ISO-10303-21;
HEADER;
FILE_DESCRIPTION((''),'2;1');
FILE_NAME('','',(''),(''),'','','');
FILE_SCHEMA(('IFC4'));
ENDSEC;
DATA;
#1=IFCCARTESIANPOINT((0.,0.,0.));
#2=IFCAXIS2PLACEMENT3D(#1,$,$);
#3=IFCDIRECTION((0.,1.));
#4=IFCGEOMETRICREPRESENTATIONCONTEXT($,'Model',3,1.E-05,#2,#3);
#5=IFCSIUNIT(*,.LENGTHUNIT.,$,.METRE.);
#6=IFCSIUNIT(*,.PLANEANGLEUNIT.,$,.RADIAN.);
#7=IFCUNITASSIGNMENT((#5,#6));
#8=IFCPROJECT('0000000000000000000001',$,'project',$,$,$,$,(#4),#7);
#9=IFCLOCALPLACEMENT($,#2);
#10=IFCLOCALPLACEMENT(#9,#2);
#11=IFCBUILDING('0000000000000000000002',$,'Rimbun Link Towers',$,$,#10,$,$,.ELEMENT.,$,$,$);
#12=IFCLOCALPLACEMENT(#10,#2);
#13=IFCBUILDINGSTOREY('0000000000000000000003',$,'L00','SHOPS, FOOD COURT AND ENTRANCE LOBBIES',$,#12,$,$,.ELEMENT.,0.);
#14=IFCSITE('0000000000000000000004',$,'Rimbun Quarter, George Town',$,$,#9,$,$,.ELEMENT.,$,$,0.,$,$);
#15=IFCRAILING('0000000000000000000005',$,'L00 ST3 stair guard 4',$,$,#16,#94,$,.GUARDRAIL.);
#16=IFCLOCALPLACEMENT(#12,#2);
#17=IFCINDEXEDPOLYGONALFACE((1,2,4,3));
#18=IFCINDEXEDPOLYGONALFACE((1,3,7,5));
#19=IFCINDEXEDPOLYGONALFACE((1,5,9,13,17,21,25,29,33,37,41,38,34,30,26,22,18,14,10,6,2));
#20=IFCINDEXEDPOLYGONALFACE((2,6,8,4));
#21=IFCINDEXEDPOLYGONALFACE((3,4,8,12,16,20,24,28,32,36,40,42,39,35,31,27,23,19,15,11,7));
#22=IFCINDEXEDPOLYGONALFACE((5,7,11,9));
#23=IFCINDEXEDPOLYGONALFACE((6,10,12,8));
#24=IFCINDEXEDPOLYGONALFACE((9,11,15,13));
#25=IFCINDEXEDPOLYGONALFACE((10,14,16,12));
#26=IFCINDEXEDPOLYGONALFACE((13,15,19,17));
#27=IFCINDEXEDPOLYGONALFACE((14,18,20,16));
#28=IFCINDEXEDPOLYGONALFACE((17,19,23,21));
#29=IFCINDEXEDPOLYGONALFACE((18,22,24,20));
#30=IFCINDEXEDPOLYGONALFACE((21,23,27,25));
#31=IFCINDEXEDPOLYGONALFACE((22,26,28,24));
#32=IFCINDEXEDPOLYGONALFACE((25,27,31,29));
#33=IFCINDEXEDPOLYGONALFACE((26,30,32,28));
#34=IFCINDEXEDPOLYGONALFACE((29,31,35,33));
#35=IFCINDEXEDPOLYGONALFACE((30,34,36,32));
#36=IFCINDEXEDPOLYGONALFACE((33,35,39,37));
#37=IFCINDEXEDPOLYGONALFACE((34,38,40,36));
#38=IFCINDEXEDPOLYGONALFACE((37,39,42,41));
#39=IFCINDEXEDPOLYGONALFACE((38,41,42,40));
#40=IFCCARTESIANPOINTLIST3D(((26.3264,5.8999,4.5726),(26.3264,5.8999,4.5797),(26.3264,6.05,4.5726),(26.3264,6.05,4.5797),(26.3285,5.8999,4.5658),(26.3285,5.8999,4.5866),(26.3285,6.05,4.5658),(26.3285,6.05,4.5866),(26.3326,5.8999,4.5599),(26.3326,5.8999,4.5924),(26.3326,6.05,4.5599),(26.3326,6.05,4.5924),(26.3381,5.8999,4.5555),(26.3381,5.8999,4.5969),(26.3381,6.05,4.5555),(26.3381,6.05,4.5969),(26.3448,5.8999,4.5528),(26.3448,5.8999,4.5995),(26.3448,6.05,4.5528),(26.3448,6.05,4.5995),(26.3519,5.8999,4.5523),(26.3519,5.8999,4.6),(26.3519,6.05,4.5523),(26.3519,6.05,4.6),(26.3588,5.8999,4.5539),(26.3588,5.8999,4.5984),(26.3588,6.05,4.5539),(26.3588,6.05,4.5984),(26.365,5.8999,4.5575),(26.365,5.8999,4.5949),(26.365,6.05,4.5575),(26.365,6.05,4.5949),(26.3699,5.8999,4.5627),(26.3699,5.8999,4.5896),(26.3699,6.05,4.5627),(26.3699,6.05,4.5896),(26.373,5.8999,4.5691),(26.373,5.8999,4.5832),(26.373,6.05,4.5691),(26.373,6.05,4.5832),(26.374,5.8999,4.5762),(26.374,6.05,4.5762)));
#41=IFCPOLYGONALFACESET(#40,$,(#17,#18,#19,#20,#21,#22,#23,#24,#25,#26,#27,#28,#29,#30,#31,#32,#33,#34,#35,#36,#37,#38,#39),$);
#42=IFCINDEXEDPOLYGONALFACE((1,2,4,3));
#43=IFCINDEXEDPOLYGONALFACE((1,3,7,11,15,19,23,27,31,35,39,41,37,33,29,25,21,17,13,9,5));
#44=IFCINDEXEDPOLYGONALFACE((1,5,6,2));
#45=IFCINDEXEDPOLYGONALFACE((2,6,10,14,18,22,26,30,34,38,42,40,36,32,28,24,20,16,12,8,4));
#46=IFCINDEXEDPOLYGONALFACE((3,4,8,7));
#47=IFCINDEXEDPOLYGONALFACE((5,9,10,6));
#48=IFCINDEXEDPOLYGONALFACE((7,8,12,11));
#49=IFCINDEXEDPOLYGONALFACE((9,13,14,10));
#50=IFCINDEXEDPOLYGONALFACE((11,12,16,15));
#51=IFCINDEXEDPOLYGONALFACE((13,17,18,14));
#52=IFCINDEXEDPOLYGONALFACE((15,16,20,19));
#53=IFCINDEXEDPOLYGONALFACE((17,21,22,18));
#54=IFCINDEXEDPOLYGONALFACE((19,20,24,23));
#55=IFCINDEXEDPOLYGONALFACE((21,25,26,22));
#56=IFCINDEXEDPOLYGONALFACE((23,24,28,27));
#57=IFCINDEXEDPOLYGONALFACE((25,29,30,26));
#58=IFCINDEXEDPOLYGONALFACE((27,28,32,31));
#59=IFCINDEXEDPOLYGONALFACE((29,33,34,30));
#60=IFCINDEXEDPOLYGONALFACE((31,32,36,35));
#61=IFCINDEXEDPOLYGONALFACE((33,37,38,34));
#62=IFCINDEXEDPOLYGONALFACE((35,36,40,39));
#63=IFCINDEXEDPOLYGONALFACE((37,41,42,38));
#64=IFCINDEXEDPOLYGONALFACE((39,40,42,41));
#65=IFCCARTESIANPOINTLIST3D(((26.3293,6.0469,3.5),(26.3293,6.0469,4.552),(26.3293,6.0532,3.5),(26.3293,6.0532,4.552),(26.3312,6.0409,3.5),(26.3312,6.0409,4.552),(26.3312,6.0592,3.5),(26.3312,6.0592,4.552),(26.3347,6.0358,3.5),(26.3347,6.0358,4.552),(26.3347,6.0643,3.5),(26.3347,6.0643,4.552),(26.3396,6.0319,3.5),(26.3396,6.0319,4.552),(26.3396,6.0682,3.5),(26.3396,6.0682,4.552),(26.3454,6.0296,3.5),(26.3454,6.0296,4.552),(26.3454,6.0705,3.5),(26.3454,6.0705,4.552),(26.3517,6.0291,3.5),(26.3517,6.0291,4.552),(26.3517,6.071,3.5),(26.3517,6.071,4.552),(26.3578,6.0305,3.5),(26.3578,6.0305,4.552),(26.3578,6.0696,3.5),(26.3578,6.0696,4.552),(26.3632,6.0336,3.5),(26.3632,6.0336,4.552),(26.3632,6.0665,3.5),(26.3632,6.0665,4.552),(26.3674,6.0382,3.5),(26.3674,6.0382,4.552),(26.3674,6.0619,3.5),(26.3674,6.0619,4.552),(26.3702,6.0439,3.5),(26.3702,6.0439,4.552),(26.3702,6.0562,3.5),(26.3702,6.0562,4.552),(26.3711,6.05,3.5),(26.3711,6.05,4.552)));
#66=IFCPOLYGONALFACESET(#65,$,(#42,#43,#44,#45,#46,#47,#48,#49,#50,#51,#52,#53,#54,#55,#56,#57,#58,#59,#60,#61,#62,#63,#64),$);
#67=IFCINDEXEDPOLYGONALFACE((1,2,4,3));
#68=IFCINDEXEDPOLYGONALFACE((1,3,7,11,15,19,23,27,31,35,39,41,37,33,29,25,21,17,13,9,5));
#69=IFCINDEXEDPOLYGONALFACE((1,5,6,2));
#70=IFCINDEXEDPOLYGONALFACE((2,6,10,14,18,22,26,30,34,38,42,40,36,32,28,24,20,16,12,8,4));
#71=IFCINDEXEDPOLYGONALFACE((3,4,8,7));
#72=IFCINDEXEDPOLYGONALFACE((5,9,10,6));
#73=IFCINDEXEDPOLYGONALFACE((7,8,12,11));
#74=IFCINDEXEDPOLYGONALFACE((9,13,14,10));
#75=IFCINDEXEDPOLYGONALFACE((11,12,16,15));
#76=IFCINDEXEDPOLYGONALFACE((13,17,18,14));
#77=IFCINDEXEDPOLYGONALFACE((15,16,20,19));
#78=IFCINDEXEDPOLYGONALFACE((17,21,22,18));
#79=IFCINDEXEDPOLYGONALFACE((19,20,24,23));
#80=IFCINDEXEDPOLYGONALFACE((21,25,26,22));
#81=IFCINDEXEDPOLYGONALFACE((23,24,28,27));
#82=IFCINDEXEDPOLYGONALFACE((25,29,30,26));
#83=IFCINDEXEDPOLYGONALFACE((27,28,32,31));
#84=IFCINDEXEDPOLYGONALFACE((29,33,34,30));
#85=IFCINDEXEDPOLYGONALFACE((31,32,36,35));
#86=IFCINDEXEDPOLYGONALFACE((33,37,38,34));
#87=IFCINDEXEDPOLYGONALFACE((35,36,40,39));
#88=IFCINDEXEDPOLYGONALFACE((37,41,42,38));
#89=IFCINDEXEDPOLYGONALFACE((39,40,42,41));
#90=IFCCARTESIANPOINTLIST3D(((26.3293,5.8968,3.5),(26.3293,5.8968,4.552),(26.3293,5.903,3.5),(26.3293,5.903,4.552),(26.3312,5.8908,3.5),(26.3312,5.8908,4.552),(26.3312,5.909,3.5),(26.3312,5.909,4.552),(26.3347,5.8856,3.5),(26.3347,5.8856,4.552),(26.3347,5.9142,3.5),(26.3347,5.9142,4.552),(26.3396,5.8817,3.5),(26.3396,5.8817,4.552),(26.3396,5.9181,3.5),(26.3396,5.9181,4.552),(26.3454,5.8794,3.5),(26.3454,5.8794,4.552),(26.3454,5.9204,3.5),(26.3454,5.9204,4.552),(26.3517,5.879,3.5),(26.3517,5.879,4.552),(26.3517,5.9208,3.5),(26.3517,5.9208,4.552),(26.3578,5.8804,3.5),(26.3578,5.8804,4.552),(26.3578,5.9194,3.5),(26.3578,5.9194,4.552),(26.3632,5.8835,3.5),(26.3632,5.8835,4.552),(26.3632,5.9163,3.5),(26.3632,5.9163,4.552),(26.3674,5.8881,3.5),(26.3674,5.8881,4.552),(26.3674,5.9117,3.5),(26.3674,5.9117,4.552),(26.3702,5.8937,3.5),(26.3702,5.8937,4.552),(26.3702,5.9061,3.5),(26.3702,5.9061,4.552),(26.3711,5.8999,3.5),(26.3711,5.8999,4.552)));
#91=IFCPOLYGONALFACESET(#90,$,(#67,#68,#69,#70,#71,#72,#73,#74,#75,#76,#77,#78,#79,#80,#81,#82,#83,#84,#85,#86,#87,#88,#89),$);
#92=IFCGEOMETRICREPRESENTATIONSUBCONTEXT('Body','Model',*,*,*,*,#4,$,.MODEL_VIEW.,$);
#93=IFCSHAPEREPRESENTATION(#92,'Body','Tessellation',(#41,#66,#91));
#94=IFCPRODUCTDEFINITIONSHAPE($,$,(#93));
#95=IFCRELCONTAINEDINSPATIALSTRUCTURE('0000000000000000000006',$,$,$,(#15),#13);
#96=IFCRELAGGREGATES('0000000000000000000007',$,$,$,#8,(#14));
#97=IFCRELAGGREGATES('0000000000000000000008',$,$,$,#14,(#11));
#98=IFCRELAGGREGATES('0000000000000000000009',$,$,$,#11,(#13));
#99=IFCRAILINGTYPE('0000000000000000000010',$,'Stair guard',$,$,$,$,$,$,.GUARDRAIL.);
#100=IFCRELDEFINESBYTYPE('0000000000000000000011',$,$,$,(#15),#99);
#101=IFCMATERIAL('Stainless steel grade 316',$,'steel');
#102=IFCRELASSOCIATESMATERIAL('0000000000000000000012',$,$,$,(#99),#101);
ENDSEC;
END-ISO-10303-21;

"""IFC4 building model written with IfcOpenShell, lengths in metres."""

from ifc_helpers import new_model, si_unit, direction, frame, origin, origin_2d, place, context, subcontext, project, spatial, circle, extrude, material, type_object, element, save


model = new_model("IFC4")

# Units and contexts
model_context = context("Model", 3, precision=1e-05, world=origin(), true_north=direction((0.0, 1.0)))
body_context = subcontext(model_context, "Body", "Model", "MODEL_VIEW")
ifc_project = project(units=[si_unit("LENGTHUNIT", "METRE"), si_unit("PLANEANGLEUNIT", "RADIAN")], contexts=[model_context])

# Site, building, storey
site_placement = place(None, origin())
site = spatial("IfcSite", under=ifc_project, at=site_placement, Name="Rimbun Quarter, George Town", CompositionType="ELEMENT", RefElevation=0.0)
building_placement = place(site_placement, origin())
building = spatial("IfcBuilding", under=site, at=building_placement, Name="Rimbun Link Towers", CompositionType="ELEMENT")
storey_placement = place(building_placement, origin())
storey = spatial("IfcBuildingStorey", under=building, at=storey_placement, Name="L00", Description="SHOPS, FOOD COURT AND ENTRANCE LOBBIES", CompositionType="ELEMENT", Elevation=0.0)

# Railing
ifc_material_1 = material(Name="Stainless steel grade 316", Category="steel")
railing_type_1 = type_object("IfcRailingType", Name="Stair guard", PredefinedType="GUARDRAIL", material=ifc_material_1)
railing_1_placement = place(storey_placement, frame((26.3501, 6.05, 3.5)))
element("IfcRailing", 1, at=railing_1_placement, inside=storey, type_object=railing_type_1, Name="L00 ST3 stair guard 4", PredefinedType="GUARDRAIL", context=body_context, shape_type="SweptSolid", body=[
    extrude(circle(Radius=0.0239, at=origin_2d()), frame((0.0, 0.0, 1.0762), z_axis=(0.0, -1.0, 0.0), x_axis=(1.0, 0.0, 0.0)), (0.0, 0.0, 1.0), 0.1501),
    extrude(circle(Radius=0.021, at=origin_2d()), origin(), (0.0, 0.0, 1.0), 1.052),
    extrude(circle(Radius=0.021, at=origin_2d()), frame((0.0, -0.1501, 0.0)), (0.0, 0.0, 1.0), 1.052),
])

save(model, "model.ifc")
